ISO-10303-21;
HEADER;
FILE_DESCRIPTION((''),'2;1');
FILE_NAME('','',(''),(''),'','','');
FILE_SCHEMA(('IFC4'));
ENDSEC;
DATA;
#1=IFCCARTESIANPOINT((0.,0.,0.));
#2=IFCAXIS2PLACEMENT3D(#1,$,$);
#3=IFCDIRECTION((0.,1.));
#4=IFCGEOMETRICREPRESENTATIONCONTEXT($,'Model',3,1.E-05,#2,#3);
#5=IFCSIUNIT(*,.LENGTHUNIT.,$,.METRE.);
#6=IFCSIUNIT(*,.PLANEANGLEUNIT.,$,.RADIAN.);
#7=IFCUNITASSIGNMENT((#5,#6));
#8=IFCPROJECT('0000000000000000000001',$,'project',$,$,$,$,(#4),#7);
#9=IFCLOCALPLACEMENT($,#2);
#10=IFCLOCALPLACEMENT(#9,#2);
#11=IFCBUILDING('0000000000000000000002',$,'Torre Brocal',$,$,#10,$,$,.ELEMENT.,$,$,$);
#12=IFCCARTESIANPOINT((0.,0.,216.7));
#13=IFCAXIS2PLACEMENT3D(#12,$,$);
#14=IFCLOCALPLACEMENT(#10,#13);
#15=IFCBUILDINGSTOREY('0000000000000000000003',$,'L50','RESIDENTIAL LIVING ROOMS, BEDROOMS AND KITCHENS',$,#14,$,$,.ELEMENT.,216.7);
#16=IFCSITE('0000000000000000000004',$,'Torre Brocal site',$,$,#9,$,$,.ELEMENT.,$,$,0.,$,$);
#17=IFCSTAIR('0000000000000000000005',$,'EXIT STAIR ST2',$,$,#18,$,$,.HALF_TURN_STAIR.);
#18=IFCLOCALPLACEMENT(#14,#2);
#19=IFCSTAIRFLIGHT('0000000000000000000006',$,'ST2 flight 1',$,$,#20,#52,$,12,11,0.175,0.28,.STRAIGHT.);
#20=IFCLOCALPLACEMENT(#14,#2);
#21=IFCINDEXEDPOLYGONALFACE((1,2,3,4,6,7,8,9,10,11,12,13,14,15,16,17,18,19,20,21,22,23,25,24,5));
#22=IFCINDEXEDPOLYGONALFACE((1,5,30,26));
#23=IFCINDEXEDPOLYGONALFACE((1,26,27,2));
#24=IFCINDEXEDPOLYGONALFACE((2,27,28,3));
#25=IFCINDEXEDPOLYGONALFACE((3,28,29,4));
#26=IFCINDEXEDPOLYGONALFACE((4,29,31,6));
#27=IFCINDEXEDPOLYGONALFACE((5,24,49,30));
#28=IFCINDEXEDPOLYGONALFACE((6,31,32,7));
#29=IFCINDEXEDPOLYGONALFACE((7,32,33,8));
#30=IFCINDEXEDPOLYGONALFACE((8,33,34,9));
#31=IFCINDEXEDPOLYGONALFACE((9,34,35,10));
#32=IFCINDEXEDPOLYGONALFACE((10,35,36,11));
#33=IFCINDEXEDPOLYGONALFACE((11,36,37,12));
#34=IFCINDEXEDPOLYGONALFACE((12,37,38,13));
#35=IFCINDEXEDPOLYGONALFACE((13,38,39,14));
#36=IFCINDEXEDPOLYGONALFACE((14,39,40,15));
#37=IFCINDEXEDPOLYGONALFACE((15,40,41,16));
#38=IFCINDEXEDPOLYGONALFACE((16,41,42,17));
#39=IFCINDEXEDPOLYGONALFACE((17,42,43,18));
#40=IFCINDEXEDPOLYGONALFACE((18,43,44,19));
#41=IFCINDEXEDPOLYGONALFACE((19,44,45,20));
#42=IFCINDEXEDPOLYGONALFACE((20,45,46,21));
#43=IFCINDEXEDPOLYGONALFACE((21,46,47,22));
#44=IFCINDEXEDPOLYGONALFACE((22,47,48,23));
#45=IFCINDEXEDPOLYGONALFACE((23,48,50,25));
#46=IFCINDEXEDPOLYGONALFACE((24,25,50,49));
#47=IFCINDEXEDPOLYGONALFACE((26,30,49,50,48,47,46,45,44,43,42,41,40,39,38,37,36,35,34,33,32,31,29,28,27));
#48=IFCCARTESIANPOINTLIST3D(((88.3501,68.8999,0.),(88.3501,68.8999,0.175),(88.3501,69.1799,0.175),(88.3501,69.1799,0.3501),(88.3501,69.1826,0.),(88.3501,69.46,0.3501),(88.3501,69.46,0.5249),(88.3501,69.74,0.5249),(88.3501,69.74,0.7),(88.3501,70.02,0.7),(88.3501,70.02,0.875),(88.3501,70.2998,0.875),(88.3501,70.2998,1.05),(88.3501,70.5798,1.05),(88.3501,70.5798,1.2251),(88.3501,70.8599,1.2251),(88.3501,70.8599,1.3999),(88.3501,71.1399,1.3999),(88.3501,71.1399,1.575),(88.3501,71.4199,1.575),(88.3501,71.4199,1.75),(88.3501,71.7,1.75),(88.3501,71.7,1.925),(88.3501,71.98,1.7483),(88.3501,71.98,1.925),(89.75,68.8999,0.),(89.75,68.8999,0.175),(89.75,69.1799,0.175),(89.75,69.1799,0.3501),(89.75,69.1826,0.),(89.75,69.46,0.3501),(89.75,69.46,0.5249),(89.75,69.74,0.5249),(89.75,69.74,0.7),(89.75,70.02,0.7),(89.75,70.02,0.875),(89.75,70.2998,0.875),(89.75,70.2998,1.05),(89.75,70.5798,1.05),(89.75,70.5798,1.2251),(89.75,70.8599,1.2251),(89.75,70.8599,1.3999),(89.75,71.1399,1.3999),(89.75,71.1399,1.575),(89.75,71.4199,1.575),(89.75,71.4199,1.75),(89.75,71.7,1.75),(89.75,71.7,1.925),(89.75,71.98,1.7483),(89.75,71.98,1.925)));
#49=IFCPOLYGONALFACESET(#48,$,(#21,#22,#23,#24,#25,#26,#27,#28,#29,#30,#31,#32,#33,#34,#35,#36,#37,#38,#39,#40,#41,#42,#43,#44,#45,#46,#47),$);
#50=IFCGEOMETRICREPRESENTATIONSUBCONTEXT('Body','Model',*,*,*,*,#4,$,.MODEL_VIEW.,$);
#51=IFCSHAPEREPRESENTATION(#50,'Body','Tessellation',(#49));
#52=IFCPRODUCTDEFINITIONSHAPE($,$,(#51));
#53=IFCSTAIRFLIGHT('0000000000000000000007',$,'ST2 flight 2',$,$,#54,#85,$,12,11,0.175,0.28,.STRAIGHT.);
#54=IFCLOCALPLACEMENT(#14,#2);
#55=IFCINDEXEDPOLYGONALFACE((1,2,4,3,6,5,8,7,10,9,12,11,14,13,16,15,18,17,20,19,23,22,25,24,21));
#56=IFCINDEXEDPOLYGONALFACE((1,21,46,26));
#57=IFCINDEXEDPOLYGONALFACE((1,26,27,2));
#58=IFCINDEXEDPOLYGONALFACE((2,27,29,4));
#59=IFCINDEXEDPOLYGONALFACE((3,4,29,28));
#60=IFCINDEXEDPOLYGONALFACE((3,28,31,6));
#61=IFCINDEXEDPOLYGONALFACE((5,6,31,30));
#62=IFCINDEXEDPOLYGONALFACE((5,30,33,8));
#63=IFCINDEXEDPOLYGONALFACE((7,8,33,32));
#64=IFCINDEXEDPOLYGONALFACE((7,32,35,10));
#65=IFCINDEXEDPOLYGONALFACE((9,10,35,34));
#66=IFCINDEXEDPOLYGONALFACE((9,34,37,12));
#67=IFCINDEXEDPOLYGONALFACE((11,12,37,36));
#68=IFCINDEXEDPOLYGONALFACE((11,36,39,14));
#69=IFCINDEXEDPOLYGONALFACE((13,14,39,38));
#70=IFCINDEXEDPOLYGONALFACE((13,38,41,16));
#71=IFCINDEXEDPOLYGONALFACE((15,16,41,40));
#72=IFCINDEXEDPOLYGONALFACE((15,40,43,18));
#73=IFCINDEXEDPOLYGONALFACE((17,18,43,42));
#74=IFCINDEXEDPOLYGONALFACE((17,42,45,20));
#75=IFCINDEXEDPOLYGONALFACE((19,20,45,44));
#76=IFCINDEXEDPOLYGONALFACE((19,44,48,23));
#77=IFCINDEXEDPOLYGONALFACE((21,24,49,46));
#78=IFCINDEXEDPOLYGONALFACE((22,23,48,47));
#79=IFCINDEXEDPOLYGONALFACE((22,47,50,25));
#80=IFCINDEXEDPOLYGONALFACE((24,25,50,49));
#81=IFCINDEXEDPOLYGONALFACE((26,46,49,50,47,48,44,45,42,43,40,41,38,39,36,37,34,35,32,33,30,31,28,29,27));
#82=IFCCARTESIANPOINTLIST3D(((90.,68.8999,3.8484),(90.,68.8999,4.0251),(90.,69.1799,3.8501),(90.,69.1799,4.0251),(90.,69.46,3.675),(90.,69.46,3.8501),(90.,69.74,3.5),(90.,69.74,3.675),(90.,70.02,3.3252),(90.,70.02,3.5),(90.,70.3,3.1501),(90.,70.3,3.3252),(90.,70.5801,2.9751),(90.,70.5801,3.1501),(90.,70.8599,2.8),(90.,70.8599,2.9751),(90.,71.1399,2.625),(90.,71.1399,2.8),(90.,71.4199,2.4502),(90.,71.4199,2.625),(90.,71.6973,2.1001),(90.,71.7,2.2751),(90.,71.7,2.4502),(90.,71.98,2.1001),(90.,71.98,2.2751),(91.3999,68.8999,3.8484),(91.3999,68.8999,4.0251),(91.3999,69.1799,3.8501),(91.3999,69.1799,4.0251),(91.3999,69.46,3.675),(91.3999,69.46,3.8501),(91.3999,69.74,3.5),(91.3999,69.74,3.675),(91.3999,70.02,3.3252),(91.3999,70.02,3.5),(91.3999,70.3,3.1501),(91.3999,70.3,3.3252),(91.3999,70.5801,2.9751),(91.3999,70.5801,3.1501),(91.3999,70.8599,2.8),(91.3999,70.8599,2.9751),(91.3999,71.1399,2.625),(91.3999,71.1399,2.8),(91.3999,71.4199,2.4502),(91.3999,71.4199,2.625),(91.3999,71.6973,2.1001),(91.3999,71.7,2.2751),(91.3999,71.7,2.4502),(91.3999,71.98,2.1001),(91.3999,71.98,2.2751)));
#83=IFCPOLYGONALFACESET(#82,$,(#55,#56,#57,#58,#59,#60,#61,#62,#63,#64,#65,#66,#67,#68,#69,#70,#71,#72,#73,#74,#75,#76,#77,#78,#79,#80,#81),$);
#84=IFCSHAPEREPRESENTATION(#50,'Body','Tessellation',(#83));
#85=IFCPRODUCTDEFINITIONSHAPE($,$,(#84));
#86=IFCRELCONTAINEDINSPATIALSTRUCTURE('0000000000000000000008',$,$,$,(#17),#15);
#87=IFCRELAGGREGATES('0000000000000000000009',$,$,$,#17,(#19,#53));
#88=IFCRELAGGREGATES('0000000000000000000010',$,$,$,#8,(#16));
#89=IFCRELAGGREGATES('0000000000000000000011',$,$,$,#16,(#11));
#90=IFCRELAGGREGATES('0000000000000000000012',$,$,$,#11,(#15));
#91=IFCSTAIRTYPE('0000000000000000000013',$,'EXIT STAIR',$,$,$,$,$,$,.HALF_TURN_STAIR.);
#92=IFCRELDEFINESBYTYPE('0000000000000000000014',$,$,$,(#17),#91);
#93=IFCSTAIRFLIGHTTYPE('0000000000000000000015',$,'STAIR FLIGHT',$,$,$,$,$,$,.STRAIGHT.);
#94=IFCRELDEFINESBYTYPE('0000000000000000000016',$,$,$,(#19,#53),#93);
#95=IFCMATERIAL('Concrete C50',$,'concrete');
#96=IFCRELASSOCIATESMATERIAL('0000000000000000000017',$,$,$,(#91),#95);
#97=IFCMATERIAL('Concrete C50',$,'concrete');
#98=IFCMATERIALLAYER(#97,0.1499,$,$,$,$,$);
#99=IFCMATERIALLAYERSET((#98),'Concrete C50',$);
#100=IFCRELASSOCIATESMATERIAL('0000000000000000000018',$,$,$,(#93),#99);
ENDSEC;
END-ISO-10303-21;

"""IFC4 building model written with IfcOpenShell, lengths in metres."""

from ifc_helpers import new_model, si_unit, direction, frame, origin, place, context, subcontext, project, spatial, polyline, outline, extrude, material, layer, layer_set, type_object, element, aggregate, save


model = new_model("IFC4")

# Units and contexts
model_context = context("Model", 3, precision=1e-05, world=origin(), true_north=direction((0.0, 1.0)))
body_context = subcontext(model_context, "Body", "Model", "MODEL_VIEW")
ifc_project = project(units=[si_unit("LENGTHUNIT", "METRE"), si_unit("PLANEANGLEUNIT", "RADIAN")], contexts=[model_context])

# Site, building, storey
site_placement = place(None, origin())
site = spatial("IfcSite", under=ifc_project, at=site_placement, Name="Torre Brocal site", CompositionType="ELEMENT", RefElevation=0.0)
building_placement = place(site_placement, origin())
building = spatial("IfcBuilding", under=site, at=building_placement, Name="Torre Brocal", CompositionType="ELEMENT")
storey_placement = place(building_placement, frame((0.0, 0.0, 216.7)))
storey = spatial("IfcBuildingStorey", under=building, at=storey_placement, Name="L50", Description="RESIDENTIAL LIVING ROOMS, BEDROOMS AND KITCHENS", CompositionType="ELEMENT", Elevation=216.7)

# Stair, stair flights
ifc_material_1 = material(Name="Concrete C50", Category="concrete")
stair_type = type_object("IfcStairType", Name="EXIT STAIR", PredefinedType="HALF_TURN_STAIR", material=ifc_material_1)
stair_placement = place(storey_placement, origin())
stair = element("IfcStair", 1, at=stair_placement, inside=storey, type_object=stair_type, Name="EXIT STAIR ST2", PredefinedType="HALF_TURN_STAIR")
ifc_material_2 = material(Name="Concrete C50", Category="concrete")
ifc_layer_1 = layer(ifc_material_2, 0.1499)
ifc_layer_set_1 = layer_set([ifc_layer_1], Name="Concrete C50")
stair_flight_type = type_object("IfcStairFlightType", Name="STAIR FLIGHT", PredefinedType="STRAIGHT", material=ifc_layer_set_1)
stair_flight_1_placement = place(storey_placement, frame((89.05, 68.8999, 0.0), z_axis=(0.0, 0.0, 1.0), x_axis=(0.0, 1.0, 0.0)))
stair_flight_1 = element("IfcStairFlight", 2, at=stair_flight_1_placement, type_object=stair_flight_type, Name="ST2 flight 1", NumberOfRisers=12, NumberOfTreads=11, PredefinedType="STRAIGHT", RiserHeight=0.175, TreadLength=0.28, context=body_context, shape_type="SweptSolid", body=[
    extrude(outline(polyline([(0.0, 0.0), (0.0, 0.175), (0.28, 0.175), (0.28, 0.3501), (0.5601, 0.3501), (0.5601, 0.5249), (0.8401, 0.5249), (0.8401, 0.7), (1.1201, 0.7), (1.1201, 0.875), (1.3999, 0.875), (1.3999, 1.05), (1.6799, 1.05), (1.6799, 1.2251), (1.96, 1.2251), (1.96, 1.3999), (2.24, 1.3999), (2.24, 1.575), (2.52, 1.575), (2.52, 1.75), (2.8, 1.75), (2.8, 1.925), (3.0801, 1.925), (3.0801, 2.1001), (3.0801, 1.7483), (0.2827, 0.0), (0.0, 0.0)])), frame((0.0, 0.7, 0.0), z_axis=(0.0, -1.0, 0.0), x_axis=(1.0, 0.0, 0.0)), (0.0, 0.0, 1.0), 1.3999),
])
stair_flight_2_placement = place(storey_placement, frame((90.7, 71.98, 2.1001), z_axis=(0.0, 0.0, 1.0), x_axis=(0.0, -1.0, 0.0)))
stair_flight_2 = element("IfcStairFlight", 3, at=stair_flight_2_placement, type_object=stair_flight_type, Name="ST2 flight 2", NumberOfRisers=12, NumberOfTreads=11, PredefinedType="STRAIGHT", RiserHeight=0.175, TreadLength=0.28, context=body_context, shape_type="SweptSolid", body=[
    extrude(outline(polyline([(0.0, 0.0), (0.0, 0.175), (0.28, 0.175), (0.28, 0.3501), (0.5601, 0.3501), (0.5601, 0.5249), (0.8401, 0.5249), (0.8401, 0.7), (1.1201, 0.7), (1.1201, 0.875), (1.3999, 0.875), (1.3999, 1.05), (1.6799, 1.05), (1.6799, 1.2251), (1.96, 1.2251), (1.96, 1.3999), (2.24, 1.3999), (2.24, 1.575), (2.52, 1.575), (2.52, 1.75), (2.8, 1.75), (2.8, 1.925), (3.0801, 1.925), (3.0801, 2.1001), (3.0801, 1.7483), (0.2827, 0.0), (0.0, 0.0)])), frame((0.0, 0.7, 0.0), z_axis=(0.0, -1.0, 0.0), x_axis=(1.0, 0.0, 0.0)), (0.0, 0.0, 1.0), 1.3999),
])
aggregate(stair, [stair_flight_1, stair_flight_2])

save(model, "model.ifc")
